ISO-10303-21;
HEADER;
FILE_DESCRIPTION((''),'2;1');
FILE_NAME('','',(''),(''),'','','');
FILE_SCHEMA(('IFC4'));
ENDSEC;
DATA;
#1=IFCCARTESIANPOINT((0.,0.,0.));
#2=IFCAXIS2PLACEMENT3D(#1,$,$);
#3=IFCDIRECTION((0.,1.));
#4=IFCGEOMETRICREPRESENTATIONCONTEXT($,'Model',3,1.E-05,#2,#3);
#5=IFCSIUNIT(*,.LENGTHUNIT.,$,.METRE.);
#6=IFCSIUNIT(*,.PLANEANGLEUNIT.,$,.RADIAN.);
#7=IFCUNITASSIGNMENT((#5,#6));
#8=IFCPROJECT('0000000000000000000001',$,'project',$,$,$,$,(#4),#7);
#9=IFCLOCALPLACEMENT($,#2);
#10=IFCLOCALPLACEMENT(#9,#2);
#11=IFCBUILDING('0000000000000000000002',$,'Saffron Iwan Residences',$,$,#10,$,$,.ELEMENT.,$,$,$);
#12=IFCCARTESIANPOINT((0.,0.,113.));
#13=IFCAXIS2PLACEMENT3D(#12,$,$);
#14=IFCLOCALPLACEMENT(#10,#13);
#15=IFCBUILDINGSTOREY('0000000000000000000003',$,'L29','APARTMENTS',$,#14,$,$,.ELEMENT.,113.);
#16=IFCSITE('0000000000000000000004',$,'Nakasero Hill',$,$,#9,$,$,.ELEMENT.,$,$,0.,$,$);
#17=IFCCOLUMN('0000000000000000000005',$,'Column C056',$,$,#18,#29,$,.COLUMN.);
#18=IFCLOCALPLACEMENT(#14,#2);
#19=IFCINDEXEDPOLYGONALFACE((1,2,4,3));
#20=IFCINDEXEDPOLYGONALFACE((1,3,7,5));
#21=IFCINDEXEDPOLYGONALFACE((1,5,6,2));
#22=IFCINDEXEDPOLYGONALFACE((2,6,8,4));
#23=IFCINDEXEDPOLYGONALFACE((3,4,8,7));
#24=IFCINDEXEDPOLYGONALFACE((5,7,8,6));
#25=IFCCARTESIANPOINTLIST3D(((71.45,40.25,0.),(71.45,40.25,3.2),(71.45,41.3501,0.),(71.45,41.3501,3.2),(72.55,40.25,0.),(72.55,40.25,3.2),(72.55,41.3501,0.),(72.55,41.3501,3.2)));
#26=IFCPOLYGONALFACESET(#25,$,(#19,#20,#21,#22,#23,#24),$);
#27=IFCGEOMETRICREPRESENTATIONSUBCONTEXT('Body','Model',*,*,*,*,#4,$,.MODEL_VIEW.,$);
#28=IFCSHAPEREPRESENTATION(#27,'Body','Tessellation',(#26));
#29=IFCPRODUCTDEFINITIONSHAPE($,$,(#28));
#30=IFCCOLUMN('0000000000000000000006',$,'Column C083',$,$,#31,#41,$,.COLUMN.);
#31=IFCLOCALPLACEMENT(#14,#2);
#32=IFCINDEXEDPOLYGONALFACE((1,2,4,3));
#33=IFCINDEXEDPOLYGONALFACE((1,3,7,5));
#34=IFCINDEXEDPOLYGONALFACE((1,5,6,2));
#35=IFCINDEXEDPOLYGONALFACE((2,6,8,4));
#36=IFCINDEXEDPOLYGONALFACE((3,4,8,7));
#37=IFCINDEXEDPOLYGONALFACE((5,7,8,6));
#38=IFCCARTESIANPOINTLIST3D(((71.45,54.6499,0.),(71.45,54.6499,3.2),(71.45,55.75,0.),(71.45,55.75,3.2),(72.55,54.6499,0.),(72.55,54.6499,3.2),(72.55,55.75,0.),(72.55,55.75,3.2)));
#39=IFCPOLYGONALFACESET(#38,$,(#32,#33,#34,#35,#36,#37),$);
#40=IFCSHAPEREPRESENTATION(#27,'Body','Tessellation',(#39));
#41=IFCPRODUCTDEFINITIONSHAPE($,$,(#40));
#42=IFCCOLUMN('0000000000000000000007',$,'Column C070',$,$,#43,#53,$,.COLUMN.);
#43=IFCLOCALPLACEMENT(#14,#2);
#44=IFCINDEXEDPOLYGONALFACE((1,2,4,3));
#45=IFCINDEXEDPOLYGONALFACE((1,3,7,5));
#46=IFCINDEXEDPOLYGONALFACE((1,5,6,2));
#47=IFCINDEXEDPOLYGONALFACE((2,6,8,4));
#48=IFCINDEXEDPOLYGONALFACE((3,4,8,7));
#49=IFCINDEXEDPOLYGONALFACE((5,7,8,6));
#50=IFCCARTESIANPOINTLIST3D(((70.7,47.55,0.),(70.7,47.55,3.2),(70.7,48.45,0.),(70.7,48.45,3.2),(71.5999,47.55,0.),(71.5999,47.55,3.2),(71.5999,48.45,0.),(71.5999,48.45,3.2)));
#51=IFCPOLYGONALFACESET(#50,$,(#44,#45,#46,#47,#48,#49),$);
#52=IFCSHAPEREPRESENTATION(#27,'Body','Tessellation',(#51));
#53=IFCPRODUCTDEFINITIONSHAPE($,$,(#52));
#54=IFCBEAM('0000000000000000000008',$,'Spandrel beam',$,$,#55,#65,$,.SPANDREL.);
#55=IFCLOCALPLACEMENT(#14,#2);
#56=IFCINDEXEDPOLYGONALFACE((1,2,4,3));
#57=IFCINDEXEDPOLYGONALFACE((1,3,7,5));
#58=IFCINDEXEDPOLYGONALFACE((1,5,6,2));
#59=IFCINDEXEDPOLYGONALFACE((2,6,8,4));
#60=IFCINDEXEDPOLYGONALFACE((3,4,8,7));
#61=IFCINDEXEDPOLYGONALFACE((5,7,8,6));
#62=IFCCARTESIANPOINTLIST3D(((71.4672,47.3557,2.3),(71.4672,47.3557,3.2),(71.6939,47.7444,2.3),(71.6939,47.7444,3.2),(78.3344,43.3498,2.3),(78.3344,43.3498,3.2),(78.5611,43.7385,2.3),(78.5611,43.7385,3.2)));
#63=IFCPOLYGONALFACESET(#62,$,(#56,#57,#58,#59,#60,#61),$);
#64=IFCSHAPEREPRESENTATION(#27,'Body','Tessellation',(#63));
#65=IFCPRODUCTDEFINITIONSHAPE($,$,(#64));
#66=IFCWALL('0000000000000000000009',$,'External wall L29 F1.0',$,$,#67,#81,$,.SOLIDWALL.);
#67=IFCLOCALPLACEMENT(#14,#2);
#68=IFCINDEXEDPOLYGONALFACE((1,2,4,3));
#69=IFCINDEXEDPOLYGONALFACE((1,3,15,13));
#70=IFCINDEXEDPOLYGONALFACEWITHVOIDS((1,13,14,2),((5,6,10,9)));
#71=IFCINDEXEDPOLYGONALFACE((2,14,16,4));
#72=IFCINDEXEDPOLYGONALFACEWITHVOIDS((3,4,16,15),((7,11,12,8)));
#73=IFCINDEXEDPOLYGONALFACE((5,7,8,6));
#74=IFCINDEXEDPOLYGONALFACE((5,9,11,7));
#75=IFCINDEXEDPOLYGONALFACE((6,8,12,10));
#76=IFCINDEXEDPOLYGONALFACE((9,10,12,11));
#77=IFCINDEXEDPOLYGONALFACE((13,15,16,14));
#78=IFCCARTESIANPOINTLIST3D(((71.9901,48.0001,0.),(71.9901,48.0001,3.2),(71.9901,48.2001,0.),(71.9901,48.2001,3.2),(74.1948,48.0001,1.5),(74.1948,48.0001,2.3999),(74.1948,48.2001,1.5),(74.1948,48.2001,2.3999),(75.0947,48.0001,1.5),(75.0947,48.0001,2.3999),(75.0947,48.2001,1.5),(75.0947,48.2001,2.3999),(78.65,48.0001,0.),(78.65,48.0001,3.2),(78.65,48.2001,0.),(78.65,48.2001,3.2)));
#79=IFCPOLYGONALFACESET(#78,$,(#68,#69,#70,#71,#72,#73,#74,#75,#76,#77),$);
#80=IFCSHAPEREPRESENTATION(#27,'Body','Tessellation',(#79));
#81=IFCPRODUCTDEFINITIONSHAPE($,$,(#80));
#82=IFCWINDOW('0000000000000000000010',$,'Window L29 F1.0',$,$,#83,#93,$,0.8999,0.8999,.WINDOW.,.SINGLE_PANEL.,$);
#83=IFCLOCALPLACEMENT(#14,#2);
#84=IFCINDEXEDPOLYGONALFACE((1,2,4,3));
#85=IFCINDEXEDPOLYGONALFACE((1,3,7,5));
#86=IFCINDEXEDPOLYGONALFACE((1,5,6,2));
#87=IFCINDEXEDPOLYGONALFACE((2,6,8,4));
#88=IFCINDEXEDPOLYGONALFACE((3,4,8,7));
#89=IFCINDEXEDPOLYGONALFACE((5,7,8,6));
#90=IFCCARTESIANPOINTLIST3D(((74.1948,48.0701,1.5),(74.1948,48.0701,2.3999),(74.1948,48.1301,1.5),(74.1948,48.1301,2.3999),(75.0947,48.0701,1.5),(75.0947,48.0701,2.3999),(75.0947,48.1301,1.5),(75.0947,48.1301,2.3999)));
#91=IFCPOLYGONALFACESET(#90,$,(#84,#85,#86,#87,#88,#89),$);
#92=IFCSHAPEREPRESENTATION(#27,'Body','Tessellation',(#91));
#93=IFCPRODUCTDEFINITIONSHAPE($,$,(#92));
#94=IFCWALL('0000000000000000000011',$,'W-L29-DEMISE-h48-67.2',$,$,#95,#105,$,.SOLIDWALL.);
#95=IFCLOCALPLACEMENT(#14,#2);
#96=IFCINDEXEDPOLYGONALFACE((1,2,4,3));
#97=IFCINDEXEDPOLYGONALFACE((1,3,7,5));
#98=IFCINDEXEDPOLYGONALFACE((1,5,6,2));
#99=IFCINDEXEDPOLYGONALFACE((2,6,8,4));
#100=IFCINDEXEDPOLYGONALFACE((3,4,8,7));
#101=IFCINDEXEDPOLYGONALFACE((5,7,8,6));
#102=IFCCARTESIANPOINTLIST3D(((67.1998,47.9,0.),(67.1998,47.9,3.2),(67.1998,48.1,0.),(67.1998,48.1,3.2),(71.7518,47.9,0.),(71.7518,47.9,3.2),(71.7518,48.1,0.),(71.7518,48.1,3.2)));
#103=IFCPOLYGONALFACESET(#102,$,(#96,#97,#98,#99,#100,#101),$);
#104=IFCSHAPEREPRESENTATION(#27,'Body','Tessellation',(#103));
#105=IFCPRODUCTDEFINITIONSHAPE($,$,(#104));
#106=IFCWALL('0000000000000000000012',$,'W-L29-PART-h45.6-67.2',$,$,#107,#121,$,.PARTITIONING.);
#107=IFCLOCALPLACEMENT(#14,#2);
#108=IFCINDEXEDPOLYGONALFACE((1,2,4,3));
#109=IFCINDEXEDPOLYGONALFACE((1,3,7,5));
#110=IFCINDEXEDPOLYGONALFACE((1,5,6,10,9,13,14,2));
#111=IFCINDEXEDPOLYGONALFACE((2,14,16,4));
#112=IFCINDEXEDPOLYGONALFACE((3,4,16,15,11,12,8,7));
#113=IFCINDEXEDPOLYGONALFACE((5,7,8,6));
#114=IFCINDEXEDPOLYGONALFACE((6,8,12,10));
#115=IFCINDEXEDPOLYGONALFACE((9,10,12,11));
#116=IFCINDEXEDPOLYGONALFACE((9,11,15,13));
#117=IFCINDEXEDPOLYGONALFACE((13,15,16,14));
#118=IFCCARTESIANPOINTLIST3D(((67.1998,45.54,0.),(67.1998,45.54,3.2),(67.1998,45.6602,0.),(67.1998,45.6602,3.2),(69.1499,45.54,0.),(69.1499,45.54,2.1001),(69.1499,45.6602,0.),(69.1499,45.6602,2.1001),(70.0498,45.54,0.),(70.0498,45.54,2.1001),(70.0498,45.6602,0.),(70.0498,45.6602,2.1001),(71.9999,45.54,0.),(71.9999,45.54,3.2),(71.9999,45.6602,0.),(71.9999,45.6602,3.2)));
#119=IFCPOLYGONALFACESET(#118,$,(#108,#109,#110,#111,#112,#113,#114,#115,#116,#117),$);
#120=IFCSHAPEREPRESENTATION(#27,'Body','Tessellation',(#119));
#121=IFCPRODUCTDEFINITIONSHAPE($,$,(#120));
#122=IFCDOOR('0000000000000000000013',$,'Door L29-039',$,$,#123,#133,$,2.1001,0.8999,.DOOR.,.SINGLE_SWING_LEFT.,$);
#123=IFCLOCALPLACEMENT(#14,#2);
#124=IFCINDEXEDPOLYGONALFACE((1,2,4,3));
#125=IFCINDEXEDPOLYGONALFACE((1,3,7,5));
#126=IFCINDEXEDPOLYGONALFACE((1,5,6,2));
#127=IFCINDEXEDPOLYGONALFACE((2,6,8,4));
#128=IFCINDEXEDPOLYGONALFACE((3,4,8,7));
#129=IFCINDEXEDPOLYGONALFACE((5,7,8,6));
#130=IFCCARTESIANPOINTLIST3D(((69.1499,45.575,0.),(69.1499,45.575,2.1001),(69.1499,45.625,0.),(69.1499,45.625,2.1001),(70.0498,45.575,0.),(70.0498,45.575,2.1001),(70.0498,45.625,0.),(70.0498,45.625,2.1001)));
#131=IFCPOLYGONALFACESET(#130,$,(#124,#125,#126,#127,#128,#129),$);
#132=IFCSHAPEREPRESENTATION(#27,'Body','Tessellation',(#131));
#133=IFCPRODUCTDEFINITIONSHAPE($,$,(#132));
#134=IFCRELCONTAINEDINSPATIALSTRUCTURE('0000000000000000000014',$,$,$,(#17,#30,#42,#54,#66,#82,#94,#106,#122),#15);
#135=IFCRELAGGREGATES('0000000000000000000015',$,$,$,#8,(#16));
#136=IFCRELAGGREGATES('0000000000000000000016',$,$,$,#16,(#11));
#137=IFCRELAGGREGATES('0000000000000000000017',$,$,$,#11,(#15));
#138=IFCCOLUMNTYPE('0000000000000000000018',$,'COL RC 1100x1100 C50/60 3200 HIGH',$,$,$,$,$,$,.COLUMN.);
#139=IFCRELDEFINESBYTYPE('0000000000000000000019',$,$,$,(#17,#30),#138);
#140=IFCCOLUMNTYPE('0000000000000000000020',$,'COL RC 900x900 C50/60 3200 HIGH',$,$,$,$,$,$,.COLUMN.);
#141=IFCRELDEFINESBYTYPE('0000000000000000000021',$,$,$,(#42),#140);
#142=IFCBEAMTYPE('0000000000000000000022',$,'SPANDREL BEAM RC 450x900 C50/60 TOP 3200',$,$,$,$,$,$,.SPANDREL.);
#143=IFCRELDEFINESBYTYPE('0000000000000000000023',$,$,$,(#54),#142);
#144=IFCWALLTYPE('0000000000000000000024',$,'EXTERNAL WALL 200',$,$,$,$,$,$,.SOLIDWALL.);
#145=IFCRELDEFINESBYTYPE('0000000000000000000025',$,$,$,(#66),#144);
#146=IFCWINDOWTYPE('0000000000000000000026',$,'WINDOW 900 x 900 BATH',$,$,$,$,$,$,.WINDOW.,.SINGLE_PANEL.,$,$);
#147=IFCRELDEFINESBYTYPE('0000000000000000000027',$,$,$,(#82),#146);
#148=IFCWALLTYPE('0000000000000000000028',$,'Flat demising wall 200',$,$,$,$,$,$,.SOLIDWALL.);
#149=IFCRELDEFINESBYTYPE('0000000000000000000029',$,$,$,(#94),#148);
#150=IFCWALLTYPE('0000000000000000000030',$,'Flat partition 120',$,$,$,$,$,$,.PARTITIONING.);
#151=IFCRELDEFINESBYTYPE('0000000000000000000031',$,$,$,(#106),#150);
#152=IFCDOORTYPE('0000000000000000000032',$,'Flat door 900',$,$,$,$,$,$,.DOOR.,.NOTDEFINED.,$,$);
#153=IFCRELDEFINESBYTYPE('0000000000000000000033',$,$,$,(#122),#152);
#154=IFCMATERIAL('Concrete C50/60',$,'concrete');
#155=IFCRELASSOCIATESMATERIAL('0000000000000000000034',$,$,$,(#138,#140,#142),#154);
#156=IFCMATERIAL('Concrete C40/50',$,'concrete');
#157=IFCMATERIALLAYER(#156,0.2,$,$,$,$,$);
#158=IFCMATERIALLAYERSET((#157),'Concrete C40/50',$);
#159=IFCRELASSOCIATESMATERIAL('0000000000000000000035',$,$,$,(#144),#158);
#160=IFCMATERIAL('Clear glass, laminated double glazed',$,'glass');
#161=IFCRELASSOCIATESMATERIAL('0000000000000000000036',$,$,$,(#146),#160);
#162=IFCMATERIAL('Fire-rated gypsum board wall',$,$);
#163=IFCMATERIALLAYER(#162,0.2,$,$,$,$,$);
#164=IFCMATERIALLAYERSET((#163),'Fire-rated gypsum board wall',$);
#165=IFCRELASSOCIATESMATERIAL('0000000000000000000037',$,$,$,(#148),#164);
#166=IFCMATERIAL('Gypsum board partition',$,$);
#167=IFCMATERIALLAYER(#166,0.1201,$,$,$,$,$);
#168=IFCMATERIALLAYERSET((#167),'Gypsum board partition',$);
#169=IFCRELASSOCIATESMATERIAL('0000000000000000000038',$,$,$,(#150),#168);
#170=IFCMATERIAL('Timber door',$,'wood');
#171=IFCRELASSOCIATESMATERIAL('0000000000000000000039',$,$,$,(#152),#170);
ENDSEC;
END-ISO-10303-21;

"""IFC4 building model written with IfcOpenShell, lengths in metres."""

from ifc_helpers import new_model, si_unit, direction, frame, frame_2d, origin, origin_2d, place, context, subcontext, project, spatial, rectangle, extrude, source, transform, mapped, material, layer, layer_set, material_profile, profile_set, type_object, element, fill, save


model = new_model("IFC4")

# Units and contexts
model_context = context("Model", 3, precision=1e-05, world=origin(), true_north=direction((0.0, 1.0)))
body_context = subcontext(model_context, "Body", "Model", "MODEL_VIEW")
ifc_project = project(units=[si_unit("LENGTHUNIT", "METRE"), si_unit("PLANEANGLEUNIT", "RADIAN")], contexts=[model_context])

# Site, building, storey
site_placement = place(None, origin())
site = spatial("IfcSite", under=ifc_project, at=site_placement, Name="Nakasero Hill", CompositionType="ELEMENT", RefElevation=0.0)
building_placement = place(site_placement, origin())
building = spatial("IfcBuilding", under=site, at=building_placement, Name="Saffron Iwan Residences", CompositionType="ELEMENT")
storey_placement = place(building_placement, frame((0.0, 0.0, 113.0)))
storey = spatial("IfcBuildingStorey", under=building, at=storey_placement, Name="L29", Description="APARTMENTS", CompositionType="ELEMENT", Elevation=113.0)

# Columns
ifc_material_1 = material(Name="Concrete C50/60", Category="concrete")
ifc_material_profile_1 = material_profile(ifc_material_1, rectangle(XDim=1.1001, YDim=1.1001, at=origin_2d()), Name="RC 1100x1100")
ifc_profile_set_1 = profile_set([ifc_material_profile_1], Name="Concrete C50/60")
column_type_1 = type_object("IfcColumnType", Name="COL RC 1100x1100 C50/60 3200 HIGH", PredefinedType="COLUMN", material=ifc_profile_set_1)
shared_shape_1 = source(origin(), body_context, "Body", "SweptSolid", [
    extrude(rectangle(XDim=1.1001, YDim=1.1001, at=origin_2d()), origin(), (0.0, 0.0, 1.0), 3.2),
])
for number, where, z_axis, x_axis, name in (
    (1, (72.0, 40.8, 0.0), (0.0, 0.0, 1.0), (1.0, 0.0, 0.0), "Column C056"),
    (2, (72.0, 55.2, 0.0), (0.0, 0.0, 1.0), (1.0, 0.0, 0.0), "Column C083"),
):
    element("IfcColumn", number, at=place(storey_placement, frame(where, z_axis=z_axis, x_axis=x_axis)), inside=storey, type_object=column_type_1, Name=name, PredefinedType="COLUMN", context=body_context, shape_type="MappedRepresentation", body=[
        mapped(shared_shape_1, transform((0.0, 0.0, 0.0))),
    ])
ifc_material_profile_2 = material_profile(ifc_material_1, rectangle(XDim=0.8999, YDim=0.8999, at=origin_2d()), Name="RC 900x900")
ifc_profile_set_2 = profile_set([ifc_material_profile_2], Name="Concrete C50/60")
column_type_2 = type_object("IfcColumnType", Name="COL RC 900x900 C50/60 3200 HIGH", PredefinedType="COLUMN", material=ifc_profile_set_2)
shared_shape_2 = source(origin(), body_context, "Body", "SweptSolid", [
    extrude(rectangle(XDim=0.8999, YDim=0.8999, at=origin_2d()), origin(), (0.0, 0.0, 1.0), 3.2),
])
column_placement = place(storey_placement, frame((71.1499, 48.0, 0.0), z_axis=(0.0, 0.0, 1.0), x_axis=(1.0, 0.0, 0.0)))
element("IfcColumn", 3, at=column_placement, inside=storey, type_object=column_type_2, Name="Column C070", PredefinedType="COLUMN", context=body_context, shape_type="MappedRepresentation", body=[
    mapped(shared_shape_2, transform((0.0, 0.0, 0.0))),
])

# Beam
ifc_material_profile_3 = material_profile(ifc_material_1, rectangle(XDim=0.45, YDim=0.8999, at=origin_2d()), Name="RC 450x900")
ifc_profile_set_3 = profile_set([ifc_material_profile_3], Name="Concrete C50/60")
beam_type = type_object("IfcBeamType", Name="SPANDREL BEAM RC 450x900 C50/60 TOP 3200", PredefinedType="SPANDREL", material=ifc_profile_set_3)
shared_shape_3 = source(origin(), body_context, "Body", "SweptSolid", [
    extrude(rectangle(XDim=0.45, YDim=0.8999, at=origin_2d()), origin(), (0.0, 0.0, 1.0), 7.9502),
])
beam_placement = place(storey_placement, frame((71.5806, 47.55, 2.75), z_axis=(0.863779, -0.503871, 0.0), x_axis=(0.503871, 0.863779, 0.0)))
element("IfcBeam", 4, at=beam_placement, inside=storey, type_object=beam_type, Name="Spandrel beam", PredefinedType="SPANDREL", context=body_context, shape_type="MappedRepresentation", body=[
    mapped(shared_shape_3, transform((0.0, 0.0, 0.0))),
])

# Wall, opening, window
ifc_material_2 = material(Name="Concrete C40/50", Category="concrete")
ifc_layer_1 = layer(ifc_material_2, 0.2)
ifc_layer_set_1 = layer_set([ifc_layer_1], Name="Concrete C40/50")
wall_type_1 = type_object("IfcWallType", Name="EXTERNAL WALL 200", PredefinedType="SOLIDWALL", material=ifc_layer_set_1)
wall_1_placement = place(storey_placement, frame((71.99, 48.1001, 0.0), z_axis=(0.0, 0.0, 1.0), x_axis=(1.0, 0.0, 0.0)))
wall_1 = element("IfcWall", 5, at=wall_1_placement, inside=storey, type_object=wall_type_1, Name="External wall L29 F1.0", PredefinedType="SOLIDWALL", context=body_context, shape_type="SweptSolid", body=[
    extrude(rectangle(XDim=6.6599, YDim=0.2, at=frame_2d((3.3301, 0.0))), origin(), (0.0, 0.0, 1.0), 3.2),
])
opening_1_placement = place(wall_1_placement, frame((2.2048, 0.0, 1.5)))
opening_1 = element("IfcOpeningElement", 6, at=opening_1_placement, cuts=wall_1, PredefinedType="OPENING", context=body_context, shape_type="SweptSolid", body=[
    extrude(rectangle(XDim=0.8999, YDim=0.8999, at=frame_2d((0.45, 0.45))), frame((0.0, 0.1099, 0.0), z_axis=(0.0, -1.0, 0.0), x_axis=(1.0, 0.0, 0.0)), (0.0, 0.0, 1.0), 0.22),
])
ifc_material_3 = material(Name="Clear glass, laminated double glazed", Category="glass")
window_type = type_object("IfcWindowType", Name="WINDOW 900 x 900 BATH", PartitioningType="SINGLE_PANEL", PredefinedType="WINDOW", material=ifc_material_3)
window_placement = place(opening_1_placement, origin())
window = element("IfcWindow", 7, at=window_placement, inside=storey, type_object=window_type, Name="Window L29 F1.0", OverallHeight=0.8999, OverallWidth=0.8999, PartitioningType="SINGLE_PANEL", PredefinedType="WINDOW", context=body_context, shape_type="SweptSolid", body=[
    extrude(rectangle(XDim=0.8999, YDim=0.8999, at=frame_2d((0.45, 0.45))), frame((0.0, 0.03, 0.0), z_axis=(0.0, -1.0, 0.0), x_axis=(1.0, 0.0, 0.0)), (0.0, 0.0, 1.0), 0.0601),
])
fill(opening_1, window)

# Wall
ifc_material_4 = material(Name="Fire-rated gypsum board wall")
ifc_layer_2 = layer(ifc_material_4, 0.2)
ifc_layer_set_2 = layer_set([ifc_layer_2], Name="Fire-rated gypsum board wall")
wall_type_2 = type_object("IfcWallType", Name="Flat demising wall 200", PredefinedType="SOLIDWALL", material=ifc_layer_set_2)
wall_2_placement = place(storey_placement, frame((67.2, 48.0, 0.0), z_axis=(0.0, 0.0, 1.0), x_axis=(1.0, 0.0, 0.0)))
element("IfcWall", 8, at=wall_2_placement, inside=storey, type_object=wall_type_2, Name="W-L29-DEMISE-h48-67.2", PredefinedType="SOLIDWALL", context=body_context, shape_type="SweptSolid", body=[
    extrude(rectangle(XDim=4.552, YDim=0.2, at=frame_2d((2.2759, 0.0))), origin(), (0.0, 0.0, 1.0), 3.2),
])

# Wall, opening, door
ifc_material_5 = material(Name="Gypsum board partition")
ifc_layer_3 = layer(ifc_material_5, 0.1201)
ifc_layer_set_3 = layer_set([ifc_layer_3], Name="Gypsum board partition")
wall_type_3 = type_object("IfcWallType", Name="Flat partition 120", PredefinedType="PARTITIONING", material=ifc_layer_set_3)
wall_3_placement = place(storey_placement, frame((67.2, 45.6001, 0.0), z_axis=(0.0, 0.0, 1.0), x_axis=(1.0, 0.0, 0.0)))
wall_3 = element("IfcWall", 9, at=wall_3_placement, inside=storey, type_object=wall_type_3, Name="W-L29-PART-h45.6-67.2", PredefinedType="PARTITIONING", context=body_context, shape_type="SweptSolid", body=[
    extrude(rectangle(XDim=4.8, YDim=0.1201, at=frame_2d((2.3999, 0.0))), origin(), (0.0, 0.0, 1.0), 3.2),
])
opening_2_placement = place(wall_3_placement, frame((1.95, 0.0, 0.0)))
opening_2 = element("IfcOpeningElement", 10, at=opening_2_placement, cuts=wall_3, PredefinedType="OPENING", context=body_context, shape_type="SweptSolid", body=[
    extrude(rectangle(XDim=0.8999, YDim=2.1001, at=frame_2d((0.45, 1.05))), frame((0.0, 0.0701, 0.0), z_axis=(0.0, -1.0, 0.0), x_axis=(1.0, 0.0, 0.0)), (0.0, 0.0, 1.0), 0.1401),
])
ifc_material_6 = material(Name="Timber door", Category="wood")
door_type_1 = type_object("IfcDoorType", Name="Flat door 900", OperationType="NOTDEFINED", PredefinedType="DOOR", material=ifc_material_6)
door_1_placement = place(opening_2_placement, origin())
door_1 = element("IfcDoor", 11, at=door_1_placement, inside=storey, type_object=door_type_1, Name="Door L29-039", OperationType="SINGLE_SWING_LEFT", OverallHeight=2.1001, OverallWidth=0.8999, PredefinedType="DOOR", context=body_context, shape_type="SweptSolid", body=[
    extrude(rectangle(XDim=0.8999, YDim=2.1001, at=frame_2d((0.45, 1.05))), frame((0.0, 0.0249, 0.0), z_axis=(0.0, -1.0, 0.0), x_axis=(1.0, 0.0, 0.0)), (0.0, 0.0, 1.0), 0.05),
])
fill(opening_2, door_1)

save(model, "model.ifc")
